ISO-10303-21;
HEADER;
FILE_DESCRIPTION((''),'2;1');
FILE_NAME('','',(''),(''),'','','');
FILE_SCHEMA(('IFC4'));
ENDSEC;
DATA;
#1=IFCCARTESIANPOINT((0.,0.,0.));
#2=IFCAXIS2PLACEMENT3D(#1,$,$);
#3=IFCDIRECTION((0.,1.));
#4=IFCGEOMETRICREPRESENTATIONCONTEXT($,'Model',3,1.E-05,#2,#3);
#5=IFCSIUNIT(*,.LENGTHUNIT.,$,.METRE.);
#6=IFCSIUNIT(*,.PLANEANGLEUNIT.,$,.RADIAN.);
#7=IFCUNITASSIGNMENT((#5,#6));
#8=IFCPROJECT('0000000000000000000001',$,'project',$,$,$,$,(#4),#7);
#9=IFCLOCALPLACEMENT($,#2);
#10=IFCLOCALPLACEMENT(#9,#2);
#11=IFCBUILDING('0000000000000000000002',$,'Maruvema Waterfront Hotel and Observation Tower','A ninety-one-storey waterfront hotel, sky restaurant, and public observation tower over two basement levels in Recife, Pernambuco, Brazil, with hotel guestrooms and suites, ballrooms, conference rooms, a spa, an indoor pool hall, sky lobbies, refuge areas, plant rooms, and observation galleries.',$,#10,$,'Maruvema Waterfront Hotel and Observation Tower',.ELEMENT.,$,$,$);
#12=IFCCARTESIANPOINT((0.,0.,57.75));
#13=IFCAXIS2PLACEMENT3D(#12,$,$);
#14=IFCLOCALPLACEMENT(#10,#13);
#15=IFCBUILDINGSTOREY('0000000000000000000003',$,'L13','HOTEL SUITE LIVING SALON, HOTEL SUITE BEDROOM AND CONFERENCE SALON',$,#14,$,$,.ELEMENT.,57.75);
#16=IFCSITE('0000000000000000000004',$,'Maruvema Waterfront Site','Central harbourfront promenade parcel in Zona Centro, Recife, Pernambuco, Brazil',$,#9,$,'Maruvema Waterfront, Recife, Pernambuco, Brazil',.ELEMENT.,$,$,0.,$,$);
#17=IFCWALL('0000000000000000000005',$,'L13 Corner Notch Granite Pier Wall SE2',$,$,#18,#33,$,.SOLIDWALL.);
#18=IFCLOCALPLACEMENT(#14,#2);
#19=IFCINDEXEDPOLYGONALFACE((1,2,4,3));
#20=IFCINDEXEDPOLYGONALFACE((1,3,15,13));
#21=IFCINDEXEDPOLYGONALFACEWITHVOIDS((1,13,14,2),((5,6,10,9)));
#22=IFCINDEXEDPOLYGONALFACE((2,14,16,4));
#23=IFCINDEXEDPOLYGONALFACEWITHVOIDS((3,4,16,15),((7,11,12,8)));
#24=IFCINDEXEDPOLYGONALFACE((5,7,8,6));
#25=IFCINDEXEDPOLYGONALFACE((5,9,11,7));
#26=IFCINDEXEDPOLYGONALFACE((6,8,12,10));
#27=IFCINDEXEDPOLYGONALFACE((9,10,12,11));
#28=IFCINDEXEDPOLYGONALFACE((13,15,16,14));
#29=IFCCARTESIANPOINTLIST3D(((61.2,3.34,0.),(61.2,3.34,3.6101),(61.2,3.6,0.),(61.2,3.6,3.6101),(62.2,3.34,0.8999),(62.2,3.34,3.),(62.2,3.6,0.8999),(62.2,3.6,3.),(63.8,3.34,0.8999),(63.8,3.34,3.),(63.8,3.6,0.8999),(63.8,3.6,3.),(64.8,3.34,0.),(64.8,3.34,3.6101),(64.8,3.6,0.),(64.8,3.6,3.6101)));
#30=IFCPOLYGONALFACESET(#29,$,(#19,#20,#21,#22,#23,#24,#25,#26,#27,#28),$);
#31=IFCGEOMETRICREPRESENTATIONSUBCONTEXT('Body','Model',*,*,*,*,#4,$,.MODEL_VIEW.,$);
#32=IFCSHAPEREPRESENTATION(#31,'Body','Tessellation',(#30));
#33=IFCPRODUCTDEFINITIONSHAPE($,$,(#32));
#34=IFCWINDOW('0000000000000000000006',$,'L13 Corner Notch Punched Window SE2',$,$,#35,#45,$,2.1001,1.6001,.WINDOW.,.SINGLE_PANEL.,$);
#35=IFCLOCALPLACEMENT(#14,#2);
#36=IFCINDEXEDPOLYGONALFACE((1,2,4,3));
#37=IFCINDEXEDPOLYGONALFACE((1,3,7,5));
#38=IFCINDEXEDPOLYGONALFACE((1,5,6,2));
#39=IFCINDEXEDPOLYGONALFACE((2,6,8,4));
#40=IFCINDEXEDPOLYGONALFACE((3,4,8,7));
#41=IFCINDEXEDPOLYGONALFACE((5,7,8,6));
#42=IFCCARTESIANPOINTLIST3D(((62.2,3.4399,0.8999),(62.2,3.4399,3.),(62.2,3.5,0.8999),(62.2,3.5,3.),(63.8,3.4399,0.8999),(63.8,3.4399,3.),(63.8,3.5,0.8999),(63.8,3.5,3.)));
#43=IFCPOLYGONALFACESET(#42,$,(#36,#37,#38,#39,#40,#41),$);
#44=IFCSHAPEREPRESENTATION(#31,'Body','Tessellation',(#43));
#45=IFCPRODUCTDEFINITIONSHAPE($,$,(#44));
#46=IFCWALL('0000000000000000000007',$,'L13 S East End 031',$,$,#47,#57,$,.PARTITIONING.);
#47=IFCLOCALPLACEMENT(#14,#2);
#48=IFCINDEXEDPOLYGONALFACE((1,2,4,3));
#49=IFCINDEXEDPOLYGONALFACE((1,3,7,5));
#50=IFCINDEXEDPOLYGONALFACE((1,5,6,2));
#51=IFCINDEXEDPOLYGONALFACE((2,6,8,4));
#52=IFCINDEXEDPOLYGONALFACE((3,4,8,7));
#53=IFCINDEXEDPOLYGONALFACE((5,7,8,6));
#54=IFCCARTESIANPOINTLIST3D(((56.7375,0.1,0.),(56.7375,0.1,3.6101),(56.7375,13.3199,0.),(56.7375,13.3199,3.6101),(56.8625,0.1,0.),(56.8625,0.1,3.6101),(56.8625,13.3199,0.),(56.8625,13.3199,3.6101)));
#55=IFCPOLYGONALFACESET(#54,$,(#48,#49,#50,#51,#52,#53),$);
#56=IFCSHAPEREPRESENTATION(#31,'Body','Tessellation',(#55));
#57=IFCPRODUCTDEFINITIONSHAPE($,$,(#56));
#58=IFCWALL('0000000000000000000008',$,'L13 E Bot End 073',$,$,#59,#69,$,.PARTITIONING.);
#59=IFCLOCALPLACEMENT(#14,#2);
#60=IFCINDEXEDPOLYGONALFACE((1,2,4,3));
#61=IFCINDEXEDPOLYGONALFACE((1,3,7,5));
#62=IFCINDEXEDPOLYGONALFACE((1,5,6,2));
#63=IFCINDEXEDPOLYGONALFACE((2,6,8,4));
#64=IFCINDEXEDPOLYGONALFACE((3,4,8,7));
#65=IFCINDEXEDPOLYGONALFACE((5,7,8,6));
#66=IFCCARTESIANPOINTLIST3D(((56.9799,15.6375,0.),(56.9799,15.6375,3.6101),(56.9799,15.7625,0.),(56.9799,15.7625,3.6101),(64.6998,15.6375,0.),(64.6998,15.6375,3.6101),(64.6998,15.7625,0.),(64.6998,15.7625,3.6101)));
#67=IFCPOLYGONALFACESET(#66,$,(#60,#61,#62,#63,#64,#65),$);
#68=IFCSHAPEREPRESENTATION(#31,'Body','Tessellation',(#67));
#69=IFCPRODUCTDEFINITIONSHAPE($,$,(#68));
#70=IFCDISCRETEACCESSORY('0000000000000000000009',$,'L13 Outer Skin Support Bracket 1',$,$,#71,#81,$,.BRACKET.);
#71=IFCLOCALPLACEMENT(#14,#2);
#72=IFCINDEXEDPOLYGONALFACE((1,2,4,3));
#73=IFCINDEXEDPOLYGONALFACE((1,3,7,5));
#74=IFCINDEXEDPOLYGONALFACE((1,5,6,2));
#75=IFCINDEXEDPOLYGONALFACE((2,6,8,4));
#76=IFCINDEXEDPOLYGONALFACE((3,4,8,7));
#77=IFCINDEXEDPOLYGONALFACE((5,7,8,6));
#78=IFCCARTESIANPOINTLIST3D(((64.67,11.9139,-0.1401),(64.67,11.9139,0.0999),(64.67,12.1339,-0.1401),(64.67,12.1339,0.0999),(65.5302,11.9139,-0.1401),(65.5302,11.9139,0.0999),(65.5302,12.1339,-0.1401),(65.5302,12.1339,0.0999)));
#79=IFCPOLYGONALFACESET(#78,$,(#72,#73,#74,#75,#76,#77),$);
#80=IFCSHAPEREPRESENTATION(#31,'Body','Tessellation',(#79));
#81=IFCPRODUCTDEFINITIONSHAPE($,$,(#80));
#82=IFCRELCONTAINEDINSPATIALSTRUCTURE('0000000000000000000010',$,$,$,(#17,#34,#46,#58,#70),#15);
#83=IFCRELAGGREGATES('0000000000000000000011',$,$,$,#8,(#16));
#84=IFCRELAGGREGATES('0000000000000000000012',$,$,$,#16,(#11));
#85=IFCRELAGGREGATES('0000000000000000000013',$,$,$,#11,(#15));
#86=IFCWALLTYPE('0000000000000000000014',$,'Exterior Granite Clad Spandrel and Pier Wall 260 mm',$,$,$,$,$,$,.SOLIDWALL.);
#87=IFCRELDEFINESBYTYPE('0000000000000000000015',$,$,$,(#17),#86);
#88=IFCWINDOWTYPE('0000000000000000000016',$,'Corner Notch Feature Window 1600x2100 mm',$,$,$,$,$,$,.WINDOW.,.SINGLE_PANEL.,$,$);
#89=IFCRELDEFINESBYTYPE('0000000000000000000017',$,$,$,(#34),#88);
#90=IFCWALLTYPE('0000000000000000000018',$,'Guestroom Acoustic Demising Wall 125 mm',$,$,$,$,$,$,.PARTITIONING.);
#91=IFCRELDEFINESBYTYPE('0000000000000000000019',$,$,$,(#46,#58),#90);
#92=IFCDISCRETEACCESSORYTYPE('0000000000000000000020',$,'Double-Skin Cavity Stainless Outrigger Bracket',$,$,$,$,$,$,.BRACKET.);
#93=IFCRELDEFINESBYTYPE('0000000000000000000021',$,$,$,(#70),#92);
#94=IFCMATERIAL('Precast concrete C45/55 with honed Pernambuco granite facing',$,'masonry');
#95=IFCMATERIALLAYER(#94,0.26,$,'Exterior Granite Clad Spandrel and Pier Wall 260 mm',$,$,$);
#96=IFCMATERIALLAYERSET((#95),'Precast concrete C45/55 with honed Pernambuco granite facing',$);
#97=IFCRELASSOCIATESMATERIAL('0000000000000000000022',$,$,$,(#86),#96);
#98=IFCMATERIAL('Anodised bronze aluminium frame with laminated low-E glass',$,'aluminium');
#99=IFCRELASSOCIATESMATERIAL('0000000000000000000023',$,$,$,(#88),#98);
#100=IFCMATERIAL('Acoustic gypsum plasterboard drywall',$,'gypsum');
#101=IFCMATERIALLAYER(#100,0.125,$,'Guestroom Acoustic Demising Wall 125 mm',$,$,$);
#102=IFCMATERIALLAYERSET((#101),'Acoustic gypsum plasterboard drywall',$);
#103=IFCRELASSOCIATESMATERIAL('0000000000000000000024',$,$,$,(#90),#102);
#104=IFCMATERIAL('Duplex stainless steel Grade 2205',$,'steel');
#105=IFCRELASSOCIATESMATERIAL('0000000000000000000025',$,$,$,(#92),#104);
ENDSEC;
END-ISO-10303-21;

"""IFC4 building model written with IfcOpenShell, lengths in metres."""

from ifc_helpers import new_model, si_unit, direction, frame, frame_2d, origin, origin_2d, place, context, subcontext, project, spatial, rectangle, extrude, material, layer, layer_set, type_object, element, fill, save


model = new_model("IFC4")

# Units and contexts
model_context = context("Model", 3, precision=1e-05, world=origin(), true_north=direction((0.0, 1.0)))
body_context = subcontext(model_context, "Body", "Model", "MODEL_VIEW")
ifc_project = project(units=[si_unit("LENGTHUNIT", "METRE"), si_unit("PLANEANGLEUNIT", "RADIAN")], contexts=[model_context])

# Site, building, storey
site_placement = place(None, origin())
site = spatial("IfcSite", under=ifc_project, at=site_placement, Name="Maruvema Waterfront Site", Description="Central harbourfront promenade parcel in Zona Centro, Recife, Pernambuco, Brazil", LongName="Maruvema Waterfront, Recife, Pernambuco, Brazil", CompositionType="ELEMENT", RefElevation=0.0)
building_placement = place(site_placement, origin())
building = spatial("IfcBuilding", under=site, at=building_placement, Name="Maruvema Waterfront Hotel and Observation Tower", Description="A ninety-one-storey waterfront hotel, sky restaurant, and public observation tower over two basement levels in Recife, Pernambuco, Brazil, with hotel guestrooms and suites, ballrooms, conference rooms, a spa, an indoor pool hall, sky lobbies, refuge areas, plant rooms, and observation galleries.", LongName="Maruvema Waterfront Hotel and Observation Tower", CompositionType="ELEMENT")
storey_placement = place(building_placement, frame((0.0, 0.0, 57.75)))
storey = spatial("IfcBuildingStorey", under=building, at=storey_placement, Name="L13", Description="HOTEL SUITE LIVING SALON, HOTEL SUITE BEDROOM AND CONFERENCE SALON", CompositionType="ELEMENT", Elevation=57.75)

# Shared definitions
ifc_material_1 = material(Name="Precast concrete C45/55 with honed Pernambuco granite facing", Category="masonry")
ifc_layer_1 = layer(ifc_material_1, 0.26, Name="Exterior Granite Clad Spandrel and Pier Wall 260 mm")
ifc_layer_set_1 = layer_set([ifc_layer_1], Name="Precast concrete C45/55 with honed Pernambuco granite facing")
wall_type_1 = type_object("IfcWallType", Name="Exterior Granite Clad Spandrel and Pier Wall 260 mm", PredefinedType="SOLIDWALL", material=ifc_layer_set_1)

# Wall, opening, window
wall_1_placement = place(storey_placement, frame((64.8, 3.47, 0.0), z_axis=(0.0, 0.0, 1.0), x_axis=(-1.0, 0.0, 0.0)))
wall_1 = element("IfcWall", 1, at=wall_1_placement, inside=storey, type_object=wall_type_1, Name="L13 Corner Notch Granite Pier Wall SE2", PredefinedType="SOLIDWALL", context=body_context, shape_type="SweptSolid", body=[
    extrude(rectangle(XDim=3.6001, YDim=0.26, at=frame_2d((1.8, 0.0))), origin(), (0.0, 0.0, 1.0), 3.6101),
])
opening_1_placement = place(wall_1_placement, frame((1.0, 0.0, 0.8999)))
opening_1 = element("IfcOpeningElement", 2, at=opening_1_placement, cuts=wall_1, PredefinedType="OPENING", context=body_context, shape_type="SweptSolid", body=[
    extrude(rectangle(XDim=1.6001, YDim=2.1001, at=frame_2d((0.8, 1.05))), frame((0.0, 0.1401, 0.0), z_axis=(0.0, -1.0, 0.0), x_axis=(1.0, 0.0, 0.0)), (0.0, 0.0, 1.0), 0.28),
])
ifc_material_2 = material(Name="Anodised bronze aluminium frame with laminated low-E glass", Category="aluminium")
window_type = type_object("IfcWindowType", Name="Corner Notch Feature Window 1600x2100 mm", PartitioningType="SINGLE_PANEL", PredefinedType="WINDOW", material=ifc_material_2)
window_placement = place(opening_1_placement, origin())
window = element("IfcWindow", 3, at=window_placement, inside=storey, type_object=window_type, Name="L13 Corner Notch Punched Window SE2", OverallHeight=2.1001, OverallWidth=1.6001, PartitioningType="SINGLE_PANEL", PredefinedType="WINDOW", context=body_context, shape_type="SweptSolid", body=[
    extrude(rectangle(XDim=1.6001, YDim=2.1001, at=frame_2d((0.8, 1.05))), frame((0.0, 0.03, 0.0), z_axis=(0.0, -1.0, 0.0), x_axis=(1.0, 0.0, 0.0)), (0.0, 0.0, 1.0), 0.0601),
])
fill(opening_1, window)

# Walls
ifc_material_3 = material(Name="Acoustic gypsum plasterboard drywall", Category="gypsum")
ifc_layer_2 = layer(ifc_material_3, 0.125, Name="Guestroom Acoustic Demising Wall 125 mm")
ifc_layer_set_2 = layer_set([ifc_layer_2], Name="Acoustic gypsum plasterboard drywall")
wall_type_2 = type_object("IfcWallType", Name="Guestroom Acoustic Demising Wall 125 mm", PredefinedType="PARTITIONING", material=ifc_layer_set_2)
wall_2_placement = place(storey_placement, frame((56.8, 0.1001, 0.0), z_axis=(0.0, 0.0, 1.0), x_axis=(0.0, 1.0, 0.0)))
element("IfcWall", 4, at=wall_2_placement, inside=storey, type_object=wall_type_2, Name="L13 S East End 031", PredefinedType="PARTITIONING", context=body_context, shape_type="SweptSolid", body=[
    extrude(rectangle(XDim=13.22, YDim=0.125, at=frame_2d((6.6099, 0.0))), origin(), (0.0, 0.0, 1.0), 3.6101),
])
wall_3_placement = place(storey_placement, frame((56.98, 15.7, 0.0), z_axis=(0.0, 0.0, 1.0), x_axis=(1.0, 0.0, 0.0)))
element("IfcWall", 5, at=wall_3_placement, inside=storey, type_object=wall_type_2, Name="L13 E Bot End 073", PredefinedType="PARTITIONING", context=body_context, shape_type="SweptSolid", body=[
    extrude(rectangle(XDim=7.72, YDim=0.125, at=frame_2d((3.8599, 0.0))), origin(), (0.0, 0.0, 1.0), 3.6101),
])

# Discrete accessory
ifc_material_4 = material(Name="Duplex stainless steel Grade 2205", Category="steel")
discrete_accessory_type = type_object("IfcDiscreteAccessoryType", Name="Double-Skin Cavity Stainless Outrigger Bracket", PredefinedType="BRACKET", material=ifc_material_4)
discrete_accessory_placement = place(storey_placement, frame((65.1001, 12.0239, -0.1401), z_axis=(0.0, 0.0, 1.0), x_axis=(0.0, 1.0, 0.0)))
element("IfcDiscreteAccessory", 6, at=discrete_accessory_placement, inside=storey, type_object=discrete_accessory_type, Name="L13 Outer Skin Support Bracket 1", PredefinedType="BRACKET", context=body_context, shape_type="SweptSolid", body=[
    extrude(rectangle(XDim=0.22, YDim=0.8601, at=origin_2d()), origin(), (0.0, 0.0, 1.0), 0.24),
])

save(model, "model.ifc")
